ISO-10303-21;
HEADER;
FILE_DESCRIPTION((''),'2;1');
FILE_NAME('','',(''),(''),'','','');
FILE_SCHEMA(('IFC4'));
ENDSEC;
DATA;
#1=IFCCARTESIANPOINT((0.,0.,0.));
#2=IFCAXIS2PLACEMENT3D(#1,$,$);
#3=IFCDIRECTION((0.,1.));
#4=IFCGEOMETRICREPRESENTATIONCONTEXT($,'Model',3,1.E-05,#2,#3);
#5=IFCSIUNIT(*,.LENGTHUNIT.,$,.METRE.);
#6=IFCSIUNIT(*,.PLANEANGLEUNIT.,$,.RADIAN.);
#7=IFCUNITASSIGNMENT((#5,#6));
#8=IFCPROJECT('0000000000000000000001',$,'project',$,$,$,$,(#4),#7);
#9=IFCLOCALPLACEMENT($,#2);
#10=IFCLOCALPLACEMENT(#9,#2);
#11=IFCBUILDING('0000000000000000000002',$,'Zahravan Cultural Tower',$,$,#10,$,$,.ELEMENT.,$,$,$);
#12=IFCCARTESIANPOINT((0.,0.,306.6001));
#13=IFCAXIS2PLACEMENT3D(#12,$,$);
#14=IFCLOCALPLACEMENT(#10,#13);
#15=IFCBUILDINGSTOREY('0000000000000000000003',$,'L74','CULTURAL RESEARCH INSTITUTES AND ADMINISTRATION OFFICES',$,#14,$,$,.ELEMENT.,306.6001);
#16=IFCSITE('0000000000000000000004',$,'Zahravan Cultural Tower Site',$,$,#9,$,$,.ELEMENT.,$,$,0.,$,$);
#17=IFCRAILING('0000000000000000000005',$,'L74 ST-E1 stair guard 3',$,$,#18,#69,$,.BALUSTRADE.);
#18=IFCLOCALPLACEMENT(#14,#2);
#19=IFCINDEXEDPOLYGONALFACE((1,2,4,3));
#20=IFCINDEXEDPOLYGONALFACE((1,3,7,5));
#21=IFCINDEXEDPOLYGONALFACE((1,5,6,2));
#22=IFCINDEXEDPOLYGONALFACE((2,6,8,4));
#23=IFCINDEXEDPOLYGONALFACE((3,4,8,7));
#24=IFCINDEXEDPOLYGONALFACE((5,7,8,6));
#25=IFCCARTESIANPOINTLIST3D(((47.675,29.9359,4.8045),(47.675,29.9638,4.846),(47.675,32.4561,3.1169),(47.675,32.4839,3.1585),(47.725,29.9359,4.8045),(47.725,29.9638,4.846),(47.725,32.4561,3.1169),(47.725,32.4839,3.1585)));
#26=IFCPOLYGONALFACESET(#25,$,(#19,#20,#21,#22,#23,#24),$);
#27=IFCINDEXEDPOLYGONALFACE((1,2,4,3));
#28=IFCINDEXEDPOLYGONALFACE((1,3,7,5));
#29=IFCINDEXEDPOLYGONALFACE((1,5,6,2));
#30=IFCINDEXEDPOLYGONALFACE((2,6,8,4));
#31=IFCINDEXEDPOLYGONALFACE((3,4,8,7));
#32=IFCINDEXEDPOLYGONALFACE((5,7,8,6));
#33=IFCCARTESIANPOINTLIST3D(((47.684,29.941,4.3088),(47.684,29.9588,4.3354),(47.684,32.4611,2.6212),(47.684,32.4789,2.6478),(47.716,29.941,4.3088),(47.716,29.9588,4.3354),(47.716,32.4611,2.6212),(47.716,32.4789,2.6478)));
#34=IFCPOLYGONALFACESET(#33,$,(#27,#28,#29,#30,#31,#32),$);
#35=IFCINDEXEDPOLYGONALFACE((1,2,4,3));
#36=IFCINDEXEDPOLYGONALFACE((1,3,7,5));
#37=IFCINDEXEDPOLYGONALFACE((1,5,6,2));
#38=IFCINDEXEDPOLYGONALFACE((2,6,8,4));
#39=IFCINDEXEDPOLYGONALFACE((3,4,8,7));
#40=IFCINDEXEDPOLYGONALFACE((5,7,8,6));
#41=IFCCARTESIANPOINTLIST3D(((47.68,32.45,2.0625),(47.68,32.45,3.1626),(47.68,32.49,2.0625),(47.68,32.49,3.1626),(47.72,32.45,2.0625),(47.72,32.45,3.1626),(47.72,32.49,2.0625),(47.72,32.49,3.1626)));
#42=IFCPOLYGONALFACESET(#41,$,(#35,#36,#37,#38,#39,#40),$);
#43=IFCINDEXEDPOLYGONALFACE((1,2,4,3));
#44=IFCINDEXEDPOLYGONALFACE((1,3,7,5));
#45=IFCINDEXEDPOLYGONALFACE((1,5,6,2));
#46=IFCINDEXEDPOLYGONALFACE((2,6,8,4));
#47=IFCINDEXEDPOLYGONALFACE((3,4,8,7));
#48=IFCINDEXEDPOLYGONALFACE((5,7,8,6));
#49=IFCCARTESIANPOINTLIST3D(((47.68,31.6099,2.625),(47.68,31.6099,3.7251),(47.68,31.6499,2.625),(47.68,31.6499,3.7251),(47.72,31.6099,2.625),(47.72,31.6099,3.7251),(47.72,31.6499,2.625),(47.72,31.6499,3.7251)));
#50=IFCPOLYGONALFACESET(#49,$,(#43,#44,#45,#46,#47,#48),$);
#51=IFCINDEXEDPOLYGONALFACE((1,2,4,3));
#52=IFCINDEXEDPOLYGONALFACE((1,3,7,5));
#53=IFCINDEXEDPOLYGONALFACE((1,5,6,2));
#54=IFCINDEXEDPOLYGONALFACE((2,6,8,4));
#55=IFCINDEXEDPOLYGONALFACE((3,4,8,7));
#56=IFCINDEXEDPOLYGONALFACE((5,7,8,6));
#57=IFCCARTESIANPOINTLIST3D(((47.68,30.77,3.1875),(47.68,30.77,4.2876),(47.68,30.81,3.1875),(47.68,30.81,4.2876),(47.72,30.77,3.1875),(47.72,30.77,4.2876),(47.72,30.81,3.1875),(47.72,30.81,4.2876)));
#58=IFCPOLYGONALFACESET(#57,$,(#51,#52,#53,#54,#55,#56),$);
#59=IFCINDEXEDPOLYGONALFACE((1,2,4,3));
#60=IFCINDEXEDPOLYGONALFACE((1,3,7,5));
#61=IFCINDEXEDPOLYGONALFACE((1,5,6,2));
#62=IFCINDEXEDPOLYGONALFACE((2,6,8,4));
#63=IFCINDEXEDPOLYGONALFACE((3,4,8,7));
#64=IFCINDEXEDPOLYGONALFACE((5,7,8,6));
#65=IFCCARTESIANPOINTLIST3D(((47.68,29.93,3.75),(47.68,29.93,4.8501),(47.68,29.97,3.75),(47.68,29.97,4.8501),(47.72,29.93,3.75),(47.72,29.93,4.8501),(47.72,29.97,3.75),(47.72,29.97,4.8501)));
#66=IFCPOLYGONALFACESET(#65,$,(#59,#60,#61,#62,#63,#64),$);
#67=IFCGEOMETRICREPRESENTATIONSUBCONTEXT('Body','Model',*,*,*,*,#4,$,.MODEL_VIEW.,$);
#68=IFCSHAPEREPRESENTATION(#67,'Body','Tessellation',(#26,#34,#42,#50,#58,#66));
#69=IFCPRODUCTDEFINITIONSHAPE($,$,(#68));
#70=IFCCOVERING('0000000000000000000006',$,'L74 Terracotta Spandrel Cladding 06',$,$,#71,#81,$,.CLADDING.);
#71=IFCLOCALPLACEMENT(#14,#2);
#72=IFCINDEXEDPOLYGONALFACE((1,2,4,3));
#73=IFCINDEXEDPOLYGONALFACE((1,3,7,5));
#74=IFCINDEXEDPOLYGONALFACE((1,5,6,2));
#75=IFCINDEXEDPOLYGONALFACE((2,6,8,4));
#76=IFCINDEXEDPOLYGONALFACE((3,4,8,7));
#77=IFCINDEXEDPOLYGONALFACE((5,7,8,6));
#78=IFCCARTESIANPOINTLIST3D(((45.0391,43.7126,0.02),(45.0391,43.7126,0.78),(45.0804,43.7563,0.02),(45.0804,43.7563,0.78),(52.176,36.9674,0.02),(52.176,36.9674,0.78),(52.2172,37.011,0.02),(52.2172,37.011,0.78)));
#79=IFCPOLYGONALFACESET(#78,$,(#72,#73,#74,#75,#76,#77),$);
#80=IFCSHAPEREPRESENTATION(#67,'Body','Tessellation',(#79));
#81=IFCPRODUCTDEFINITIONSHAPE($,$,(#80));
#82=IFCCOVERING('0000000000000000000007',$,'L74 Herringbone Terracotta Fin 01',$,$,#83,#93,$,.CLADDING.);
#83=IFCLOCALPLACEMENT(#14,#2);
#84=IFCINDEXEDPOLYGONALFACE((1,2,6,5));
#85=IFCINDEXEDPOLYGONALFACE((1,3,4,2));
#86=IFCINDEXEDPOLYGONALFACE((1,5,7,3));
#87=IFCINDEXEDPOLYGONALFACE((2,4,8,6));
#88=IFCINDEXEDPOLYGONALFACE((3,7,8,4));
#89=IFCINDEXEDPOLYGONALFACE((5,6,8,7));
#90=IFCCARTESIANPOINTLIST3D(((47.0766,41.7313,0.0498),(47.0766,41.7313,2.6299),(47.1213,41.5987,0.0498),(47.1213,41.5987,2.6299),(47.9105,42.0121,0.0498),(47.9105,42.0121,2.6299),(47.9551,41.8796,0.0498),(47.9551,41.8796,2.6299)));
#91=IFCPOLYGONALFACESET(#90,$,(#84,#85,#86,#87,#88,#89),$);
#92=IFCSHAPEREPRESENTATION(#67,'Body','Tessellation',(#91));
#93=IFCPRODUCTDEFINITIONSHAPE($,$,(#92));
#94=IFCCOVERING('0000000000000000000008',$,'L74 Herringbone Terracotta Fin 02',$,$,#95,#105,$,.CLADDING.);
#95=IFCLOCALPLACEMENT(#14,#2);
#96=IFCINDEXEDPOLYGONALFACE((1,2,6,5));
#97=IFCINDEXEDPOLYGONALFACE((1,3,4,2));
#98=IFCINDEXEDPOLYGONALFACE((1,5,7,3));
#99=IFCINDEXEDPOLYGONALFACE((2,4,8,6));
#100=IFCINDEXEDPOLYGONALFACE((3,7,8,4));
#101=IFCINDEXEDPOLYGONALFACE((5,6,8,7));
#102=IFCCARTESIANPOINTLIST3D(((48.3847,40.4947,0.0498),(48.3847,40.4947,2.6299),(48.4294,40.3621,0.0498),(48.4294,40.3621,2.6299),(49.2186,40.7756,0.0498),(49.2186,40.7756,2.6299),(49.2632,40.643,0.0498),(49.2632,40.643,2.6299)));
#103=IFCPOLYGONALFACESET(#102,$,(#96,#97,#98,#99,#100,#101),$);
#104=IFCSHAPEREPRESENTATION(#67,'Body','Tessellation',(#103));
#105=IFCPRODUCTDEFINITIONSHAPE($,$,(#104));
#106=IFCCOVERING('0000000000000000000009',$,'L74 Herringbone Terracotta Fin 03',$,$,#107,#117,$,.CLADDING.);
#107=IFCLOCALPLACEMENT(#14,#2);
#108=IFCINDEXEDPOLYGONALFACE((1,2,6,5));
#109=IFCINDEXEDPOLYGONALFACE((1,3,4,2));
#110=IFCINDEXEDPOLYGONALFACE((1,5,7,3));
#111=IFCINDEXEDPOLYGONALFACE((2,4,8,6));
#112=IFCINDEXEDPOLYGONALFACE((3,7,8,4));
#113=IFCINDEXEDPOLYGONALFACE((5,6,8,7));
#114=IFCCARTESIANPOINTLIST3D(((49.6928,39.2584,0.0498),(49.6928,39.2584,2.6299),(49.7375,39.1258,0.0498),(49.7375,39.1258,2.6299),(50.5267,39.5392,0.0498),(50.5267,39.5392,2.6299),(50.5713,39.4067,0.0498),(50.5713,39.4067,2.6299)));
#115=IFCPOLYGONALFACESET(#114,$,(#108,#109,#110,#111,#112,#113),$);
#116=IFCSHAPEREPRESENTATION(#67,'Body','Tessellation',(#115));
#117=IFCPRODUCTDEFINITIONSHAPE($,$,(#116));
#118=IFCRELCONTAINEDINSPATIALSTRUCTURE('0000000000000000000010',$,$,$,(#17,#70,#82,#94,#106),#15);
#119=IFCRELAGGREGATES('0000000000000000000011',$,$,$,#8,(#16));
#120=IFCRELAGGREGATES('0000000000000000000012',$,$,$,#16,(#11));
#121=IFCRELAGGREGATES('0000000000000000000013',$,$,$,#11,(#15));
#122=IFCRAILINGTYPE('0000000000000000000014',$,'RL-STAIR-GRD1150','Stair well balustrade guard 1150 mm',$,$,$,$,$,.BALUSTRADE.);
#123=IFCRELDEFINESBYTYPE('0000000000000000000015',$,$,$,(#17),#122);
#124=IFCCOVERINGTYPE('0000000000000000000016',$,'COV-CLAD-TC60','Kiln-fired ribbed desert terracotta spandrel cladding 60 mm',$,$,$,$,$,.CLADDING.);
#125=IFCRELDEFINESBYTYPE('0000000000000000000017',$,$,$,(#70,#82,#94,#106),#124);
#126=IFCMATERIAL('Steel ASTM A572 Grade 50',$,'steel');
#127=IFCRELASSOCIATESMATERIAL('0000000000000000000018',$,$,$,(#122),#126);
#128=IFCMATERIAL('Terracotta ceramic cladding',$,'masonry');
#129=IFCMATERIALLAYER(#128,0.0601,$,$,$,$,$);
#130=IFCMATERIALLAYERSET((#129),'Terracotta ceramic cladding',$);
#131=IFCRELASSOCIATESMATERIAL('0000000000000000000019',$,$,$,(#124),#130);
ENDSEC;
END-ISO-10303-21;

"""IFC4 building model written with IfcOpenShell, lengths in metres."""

from ifc_helpers import new_model, si_unit, direction, frame, origin, origin_2d, place, context, subcontext, project, spatial, rectangle, extrude, source, transform, mapped, material, layer, layer_set, type_object, element, save


model = new_model("IFC4")

# Units and contexts
model_context = context("Model", 3, precision=1e-05, world=origin(), true_north=direction((0.0, 1.0)))
body_context = subcontext(model_context, "Body", "Model", "MODEL_VIEW")
ifc_project = project(units=[si_unit("LENGTHUNIT", "METRE"), si_unit("PLANEANGLEUNIT", "RADIAN")], contexts=[model_context])

# Site, building, storey
site_placement = place(None, origin())
site = spatial("IfcSite", under=ifc_project, at=site_placement, Name="Zahravan Cultural Tower Site", CompositionType="ELEMENT", RefElevation=0.0)
building_placement = place(site_placement, origin())
building = spatial("IfcBuilding", under=site, at=building_placement, Name="Zahravan Cultural Tower", CompositionType="ELEMENT")
storey_placement = place(building_placement, frame((0.0, 0.0, 306.6001)))
storey = spatial("IfcBuildingStorey", under=building, at=storey_placement, Name="L74", Description="CULTURAL RESEARCH INSTITUTES AND ADMINISTRATION OFFICES", CompositionType="ELEMENT", Elevation=306.6001)

# Railing
ifc_material_1 = material(Name="Steel ASTM A572 Grade 50", Category="steel")
railing_type = type_object("IfcRailingType", Name="RL-STAIR-GRD1150", Description="Stair well balustrade guard 1150 mm", PredefinedType="BALUSTRADE", material=ifc_material_1)
railing_1_placement = place(storey_placement, frame((47.7, 32.47, 2.0625)))
element("IfcRailing", 1, at=railing_1_placement, inside=storey, type_object=railing_type, Name="L74 ST-E1 stair guard 3", PredefinedType="BALUSTRADE", context=body_context, shape_type="SweptSolid", body=[
    extrude(rectangle(XDim=0.05, YDim=0.05, at=origin_2d()), frame((0.0, 0.0, 1.0752), z_axis=(0.0, -0.830909, 0.556408), x_axis=(1.0, 0.0, 0.0)), (0.0, 0.0, 1.0), 3.033),
    extrude(rectangle(XDim=0.032, YDim=0.032, at=origin_2d()), frame((0.0, 0.0, 0.572), z_axis=(0.0, -0.830909, 0.556408), x_axis=(1.0, 0.0, 0.0)), (0.0, 0.0, 1.0), 3.033),
    extrude(rectangle(XDim=0.04, YDim=0.04, at=origin_2d()), origin(), (0.0, 0.0, 1.0), 1.1001),
    extrude(rectangle(XDim=0.04, YDim=0.04, at=origin_2d()), frame((0.0, -0.8401, 0.5625)), (0.0, 0.0, 1.0), 1.1001),
    extrude(rectangle(XDim=0.04, YDim=0.04, at=origin_2d()), frame((0.0, -1.6799, 1.125)), (0.0, 0.0, 1.0), 1.1001),
    extrude(rectangle(XDim=0.04, YDim=0.04, at=origin_2d()), frame((0.0, -2.52, 1.6875)), (0.0, 0.0, 1.0), 1.1001),
])

# Coverings
ifc_material_2 = material(Name="Terracotta ceramic cladding", Category="masonry")
ifc_layer_1 = layer(ifc_material_2, 0.0601)
ifc_layer_set_1 = layer_set([ifc_layer_1], Name="Terracotta ceramic cladding")
covering_type = type_object("IfcCoveringType", Name="COV-CLAD-TC60", Description="Kiln-fired ribbed desert terracotta spandrel cladding 60 mm", PredefinedType="CLADDING", material=ifc_layer_set_1)
shared_shape_1 = source(origin(), body_context, "Body", "SweptSolid", [
    extrude(rectangle(XDim=9.8201, YDim=0.0601, at=origin_2d()), origin(), (0.0, 0.0, 1.0), 0.76),
])
covering_placement = place(storey_placement, frame((48.6282, 40.3618, 0.02), z_axis=(0.0, 0.0, 1.0), x_axis=(0.726767, -0.686885, 0.0)))
element("IfcCovering", 2, at=covering_placement, inside=storey, type_object=covering_type, Name="L74 Terracotta Spandrel Cladding 06", PredefinedType="CLADDING", context=body_context, shape_type="MappedRepresentation", body=[
    mapped(shared_shape_1, transform((0.0, 0.0, 0.0), x_axis=(1.0, 0.0, 0.0), y_axis=(0.0, 1.0, 0.0), z_axis=(0.0, 0.0, 1.0), scale=1.0)),
])
shared_shape_2 = source(origin(), body_context, "Body", "SweptSolid", [
    extrude(rectangle(XDim=0.8799, YDim=0.1399, at=origin_2d()), origin(), (0.0, 0.0, 1.0), 2.5801),
])
for number, where, z_axis, x_axis, name in (
    (3, (47.5159, 41.8054, 0.0498), (0.0, 0.0, 1.0), (0.947679, 0.319224, 0.0), "L74 Herringbone Terracotta Fin 01"),
    (4, (48.824, 40.5688, 0.0498), (0.0, 0.0, 1.0), (0.947679, 0.319224, 0.0), "L74 Herringbone Terracotta Fin 02"),
    (5, (50.1321, 39.3325, 0.0498), (0.0, 0.0, 1.0), (0.947679, 0.319224, 0.0), "L74 Herringbone Terracotta Fin 03"),
):
    element("IfcCovering", number, at=place(storey_placement, frame(where, z_axis=z_axis, x_axis=x_axis)), inside=storey, type_object=covering_type, Name=name, PredefinedType="CLADDING", context=body_context, shape_type="MappedRepresentation", body=[
        mapped(shared_shape_2, transform((0.0, 0.0, 0.0), x_axis=(1.0, 0.0, 0.0), y_axis=(0.0, 1.0, 0.0), z_axis=(0.0, 0.0, 1.0), scale=1.0)),
    ])

save(model, "model.ifc")
